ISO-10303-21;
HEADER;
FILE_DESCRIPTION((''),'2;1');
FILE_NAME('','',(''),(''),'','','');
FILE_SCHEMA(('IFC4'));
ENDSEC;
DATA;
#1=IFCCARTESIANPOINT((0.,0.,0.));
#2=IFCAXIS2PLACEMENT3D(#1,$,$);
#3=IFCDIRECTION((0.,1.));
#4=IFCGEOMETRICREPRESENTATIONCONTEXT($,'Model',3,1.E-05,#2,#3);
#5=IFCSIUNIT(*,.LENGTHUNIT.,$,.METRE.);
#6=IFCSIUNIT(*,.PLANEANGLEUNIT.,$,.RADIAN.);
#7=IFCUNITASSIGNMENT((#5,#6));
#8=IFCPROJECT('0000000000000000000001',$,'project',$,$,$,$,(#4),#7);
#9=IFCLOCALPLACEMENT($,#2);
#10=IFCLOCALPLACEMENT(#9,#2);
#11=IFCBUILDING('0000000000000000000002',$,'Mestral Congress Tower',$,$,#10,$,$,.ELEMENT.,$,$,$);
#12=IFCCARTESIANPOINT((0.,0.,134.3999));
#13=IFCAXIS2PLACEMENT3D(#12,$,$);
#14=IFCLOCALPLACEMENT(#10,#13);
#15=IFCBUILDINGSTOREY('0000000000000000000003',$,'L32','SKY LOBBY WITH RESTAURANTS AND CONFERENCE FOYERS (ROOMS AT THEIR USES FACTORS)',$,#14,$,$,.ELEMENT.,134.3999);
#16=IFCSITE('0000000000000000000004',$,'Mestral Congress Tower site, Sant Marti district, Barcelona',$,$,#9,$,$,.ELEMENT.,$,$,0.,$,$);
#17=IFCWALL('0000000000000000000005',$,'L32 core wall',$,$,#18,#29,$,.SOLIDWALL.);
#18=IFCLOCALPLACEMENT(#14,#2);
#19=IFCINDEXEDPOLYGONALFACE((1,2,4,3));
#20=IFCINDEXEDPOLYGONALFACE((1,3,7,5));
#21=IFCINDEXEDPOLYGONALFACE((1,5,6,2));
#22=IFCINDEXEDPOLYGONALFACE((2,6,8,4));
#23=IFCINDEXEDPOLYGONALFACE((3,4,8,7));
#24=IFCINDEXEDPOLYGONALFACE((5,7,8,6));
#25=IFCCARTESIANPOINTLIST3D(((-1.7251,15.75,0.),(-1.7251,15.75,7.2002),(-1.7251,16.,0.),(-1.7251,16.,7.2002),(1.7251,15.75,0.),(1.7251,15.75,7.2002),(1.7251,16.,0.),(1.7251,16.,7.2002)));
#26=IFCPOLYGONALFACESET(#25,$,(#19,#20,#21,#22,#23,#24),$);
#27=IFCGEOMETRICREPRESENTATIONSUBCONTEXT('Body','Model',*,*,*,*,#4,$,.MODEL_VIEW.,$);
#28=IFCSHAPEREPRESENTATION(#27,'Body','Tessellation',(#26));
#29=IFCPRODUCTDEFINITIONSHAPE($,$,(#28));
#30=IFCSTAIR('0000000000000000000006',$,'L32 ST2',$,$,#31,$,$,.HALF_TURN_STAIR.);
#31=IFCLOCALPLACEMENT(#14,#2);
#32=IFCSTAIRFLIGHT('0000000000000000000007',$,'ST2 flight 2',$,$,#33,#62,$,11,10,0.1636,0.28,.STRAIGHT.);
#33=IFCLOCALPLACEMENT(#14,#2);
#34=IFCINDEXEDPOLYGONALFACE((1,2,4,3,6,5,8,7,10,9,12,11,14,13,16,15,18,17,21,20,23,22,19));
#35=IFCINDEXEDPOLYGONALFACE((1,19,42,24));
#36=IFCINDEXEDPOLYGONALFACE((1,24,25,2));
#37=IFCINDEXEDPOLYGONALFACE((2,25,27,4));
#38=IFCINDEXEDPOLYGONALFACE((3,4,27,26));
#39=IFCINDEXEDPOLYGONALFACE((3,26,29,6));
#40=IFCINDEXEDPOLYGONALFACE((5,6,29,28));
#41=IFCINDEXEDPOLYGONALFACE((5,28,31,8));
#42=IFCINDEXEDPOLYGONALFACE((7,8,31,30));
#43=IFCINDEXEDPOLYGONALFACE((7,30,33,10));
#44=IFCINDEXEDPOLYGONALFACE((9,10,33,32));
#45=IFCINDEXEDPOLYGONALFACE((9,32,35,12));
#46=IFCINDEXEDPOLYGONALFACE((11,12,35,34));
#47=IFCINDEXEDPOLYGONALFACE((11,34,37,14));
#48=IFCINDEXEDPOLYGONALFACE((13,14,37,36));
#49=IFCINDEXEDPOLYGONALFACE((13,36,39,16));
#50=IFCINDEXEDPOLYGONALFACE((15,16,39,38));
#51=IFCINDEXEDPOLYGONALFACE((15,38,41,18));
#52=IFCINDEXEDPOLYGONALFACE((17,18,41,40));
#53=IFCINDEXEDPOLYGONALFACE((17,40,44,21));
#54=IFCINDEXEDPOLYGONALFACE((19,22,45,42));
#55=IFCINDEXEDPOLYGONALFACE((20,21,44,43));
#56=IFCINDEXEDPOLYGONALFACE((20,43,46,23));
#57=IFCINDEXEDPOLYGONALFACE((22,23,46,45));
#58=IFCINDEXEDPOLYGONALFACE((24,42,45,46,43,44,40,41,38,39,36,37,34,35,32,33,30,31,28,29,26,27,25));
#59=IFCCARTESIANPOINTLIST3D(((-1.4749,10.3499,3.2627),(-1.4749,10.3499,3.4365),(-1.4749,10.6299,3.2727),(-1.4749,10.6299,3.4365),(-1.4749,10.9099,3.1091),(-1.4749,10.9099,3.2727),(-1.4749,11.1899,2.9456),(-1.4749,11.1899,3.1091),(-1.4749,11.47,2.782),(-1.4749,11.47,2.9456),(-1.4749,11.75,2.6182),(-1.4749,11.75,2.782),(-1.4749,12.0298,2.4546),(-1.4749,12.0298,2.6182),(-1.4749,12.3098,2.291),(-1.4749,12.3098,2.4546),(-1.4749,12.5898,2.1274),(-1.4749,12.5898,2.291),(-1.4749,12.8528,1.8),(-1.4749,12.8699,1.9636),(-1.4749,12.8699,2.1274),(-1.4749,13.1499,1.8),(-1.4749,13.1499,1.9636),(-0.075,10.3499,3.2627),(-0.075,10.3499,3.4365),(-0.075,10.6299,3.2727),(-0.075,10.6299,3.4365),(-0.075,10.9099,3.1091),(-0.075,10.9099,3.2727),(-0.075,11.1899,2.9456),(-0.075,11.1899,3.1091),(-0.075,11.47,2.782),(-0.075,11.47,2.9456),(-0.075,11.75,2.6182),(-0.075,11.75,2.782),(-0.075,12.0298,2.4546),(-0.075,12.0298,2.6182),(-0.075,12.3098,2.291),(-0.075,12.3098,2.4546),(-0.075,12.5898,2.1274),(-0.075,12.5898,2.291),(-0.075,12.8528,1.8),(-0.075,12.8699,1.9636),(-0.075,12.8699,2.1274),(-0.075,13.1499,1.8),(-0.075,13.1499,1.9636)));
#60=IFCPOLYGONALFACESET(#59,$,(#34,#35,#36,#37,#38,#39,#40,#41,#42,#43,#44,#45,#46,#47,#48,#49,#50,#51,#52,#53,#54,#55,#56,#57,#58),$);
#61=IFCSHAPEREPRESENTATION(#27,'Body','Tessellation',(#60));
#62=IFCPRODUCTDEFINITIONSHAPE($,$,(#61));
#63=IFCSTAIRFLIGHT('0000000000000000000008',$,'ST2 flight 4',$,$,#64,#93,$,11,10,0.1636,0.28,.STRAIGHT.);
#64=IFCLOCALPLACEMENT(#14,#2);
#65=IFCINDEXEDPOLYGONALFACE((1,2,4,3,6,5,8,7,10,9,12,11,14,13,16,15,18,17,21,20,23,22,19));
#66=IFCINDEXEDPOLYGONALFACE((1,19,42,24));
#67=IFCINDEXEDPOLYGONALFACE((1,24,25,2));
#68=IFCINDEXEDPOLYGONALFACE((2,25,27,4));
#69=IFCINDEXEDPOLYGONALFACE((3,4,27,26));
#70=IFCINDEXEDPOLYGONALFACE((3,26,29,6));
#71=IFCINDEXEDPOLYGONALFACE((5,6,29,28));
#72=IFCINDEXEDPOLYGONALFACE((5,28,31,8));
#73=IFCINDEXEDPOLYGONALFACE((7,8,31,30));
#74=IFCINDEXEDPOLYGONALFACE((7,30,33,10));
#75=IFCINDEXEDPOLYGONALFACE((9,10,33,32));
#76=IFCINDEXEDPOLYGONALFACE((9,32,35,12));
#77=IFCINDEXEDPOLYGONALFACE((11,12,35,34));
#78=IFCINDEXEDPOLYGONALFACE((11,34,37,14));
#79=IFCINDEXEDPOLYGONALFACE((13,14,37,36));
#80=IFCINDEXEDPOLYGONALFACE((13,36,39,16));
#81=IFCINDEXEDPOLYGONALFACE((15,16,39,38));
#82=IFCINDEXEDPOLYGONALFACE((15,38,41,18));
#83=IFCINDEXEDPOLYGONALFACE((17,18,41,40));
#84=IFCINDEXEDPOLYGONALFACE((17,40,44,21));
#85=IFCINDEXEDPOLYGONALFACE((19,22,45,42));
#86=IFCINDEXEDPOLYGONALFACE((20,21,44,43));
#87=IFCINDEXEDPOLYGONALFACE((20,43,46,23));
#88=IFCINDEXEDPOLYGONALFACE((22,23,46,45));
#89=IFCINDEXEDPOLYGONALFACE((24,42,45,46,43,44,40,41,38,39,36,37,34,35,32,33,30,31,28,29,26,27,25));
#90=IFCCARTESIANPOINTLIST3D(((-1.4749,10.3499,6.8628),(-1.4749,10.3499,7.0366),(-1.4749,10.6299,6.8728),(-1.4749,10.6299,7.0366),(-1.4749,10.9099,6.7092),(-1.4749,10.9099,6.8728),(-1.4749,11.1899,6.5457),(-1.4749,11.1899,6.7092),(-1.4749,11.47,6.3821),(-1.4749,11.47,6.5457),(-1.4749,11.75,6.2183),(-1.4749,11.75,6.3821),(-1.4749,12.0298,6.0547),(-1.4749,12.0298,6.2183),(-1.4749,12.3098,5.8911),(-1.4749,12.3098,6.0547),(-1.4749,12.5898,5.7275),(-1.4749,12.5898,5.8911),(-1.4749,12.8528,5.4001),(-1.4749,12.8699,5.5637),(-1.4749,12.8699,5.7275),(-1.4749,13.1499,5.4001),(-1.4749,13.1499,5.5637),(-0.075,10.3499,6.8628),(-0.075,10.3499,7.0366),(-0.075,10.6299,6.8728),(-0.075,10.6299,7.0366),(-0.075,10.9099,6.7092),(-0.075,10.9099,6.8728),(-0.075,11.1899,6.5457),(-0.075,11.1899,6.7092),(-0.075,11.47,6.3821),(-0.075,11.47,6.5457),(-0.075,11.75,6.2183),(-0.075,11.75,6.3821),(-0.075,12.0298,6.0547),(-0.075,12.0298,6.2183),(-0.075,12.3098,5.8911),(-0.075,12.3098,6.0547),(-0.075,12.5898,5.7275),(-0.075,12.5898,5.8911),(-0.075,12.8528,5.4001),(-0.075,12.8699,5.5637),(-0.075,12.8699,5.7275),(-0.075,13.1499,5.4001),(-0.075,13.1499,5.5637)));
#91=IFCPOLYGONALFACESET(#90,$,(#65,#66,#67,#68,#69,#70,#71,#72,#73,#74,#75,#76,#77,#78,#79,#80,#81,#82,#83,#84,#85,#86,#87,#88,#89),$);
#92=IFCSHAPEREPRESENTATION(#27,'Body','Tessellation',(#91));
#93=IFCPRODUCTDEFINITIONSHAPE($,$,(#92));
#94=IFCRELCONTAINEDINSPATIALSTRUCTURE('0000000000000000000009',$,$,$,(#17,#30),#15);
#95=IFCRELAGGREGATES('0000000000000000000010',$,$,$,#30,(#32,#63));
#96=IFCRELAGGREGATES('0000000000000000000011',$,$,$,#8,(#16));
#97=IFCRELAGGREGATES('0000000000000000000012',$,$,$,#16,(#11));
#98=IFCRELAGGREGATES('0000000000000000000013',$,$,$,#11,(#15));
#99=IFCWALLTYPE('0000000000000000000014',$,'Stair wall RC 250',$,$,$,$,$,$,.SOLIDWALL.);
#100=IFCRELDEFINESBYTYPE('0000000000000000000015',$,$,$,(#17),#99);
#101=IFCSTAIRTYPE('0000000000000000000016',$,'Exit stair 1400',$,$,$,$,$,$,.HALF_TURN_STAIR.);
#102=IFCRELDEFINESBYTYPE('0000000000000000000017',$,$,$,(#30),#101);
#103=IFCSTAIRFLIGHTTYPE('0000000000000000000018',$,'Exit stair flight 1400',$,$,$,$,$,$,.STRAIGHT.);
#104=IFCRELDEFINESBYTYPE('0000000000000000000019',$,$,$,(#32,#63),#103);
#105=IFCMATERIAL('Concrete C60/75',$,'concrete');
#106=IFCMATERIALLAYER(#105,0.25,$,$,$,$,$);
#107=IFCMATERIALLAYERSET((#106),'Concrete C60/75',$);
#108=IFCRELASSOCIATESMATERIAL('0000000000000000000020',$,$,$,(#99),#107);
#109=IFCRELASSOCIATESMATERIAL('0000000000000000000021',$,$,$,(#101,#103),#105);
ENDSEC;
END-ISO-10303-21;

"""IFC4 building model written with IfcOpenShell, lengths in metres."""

from ifc_helpers import new_model, si_unit, direction, frame, frame_2d, origin, place, context, subcontext, project, spatial, polyline, rectangle, outline, extrude, material, layer, layer_set, type_object, element, aggregate, save


model = new_model("IFC4")

# Units and contexts
model_context = context("Model", 3, precision=1e-05, world=origin(), true_north=direction((0.0, 1.0)))
body_context = subcontext(model_context, "Body", "Model", "MODEL_VIEW")
ifc_project = project(units=[si_unit("LENGTHUNIT", "METRE"), si_unit("PLANEANGLEUNIT", "RADIAN")], contexts=[model_context])

# Site, building, storey
site_placement = place(None, origin())
site = spatial("IfcSite", under=ifc_project, at=site_placement, Name="Mestral Congress Tower site, Sant Marti district, Barcelona", CompositionType="ELEMENT", RefElevation=0.0)
building_placement = place(site_placement, origin())
building = spatial("IfcBuilding", under=site, at=building_placement, Name="Mestral Congress Tower", CompositionType="ELEMENT")
storey_placement = place(building_placement, frame((0.0, 0.0, 134.3999)))
storey = spatial("IfcBuildingStorey", under=building, at=storey_placement, Name="L32", Description="SKY LOBBY WITH RESTAURANTS AND CONFERENCE FOYERS (ROOMS AT THEIR USES FACTORS)", CompositionType="ELEMENT", Elevation=134.3999)

# Shared definitions
placement = place(storey_placement, origin())

# Shared definitions
ifc_material_1 = material(Name="Concrete C60/75", Category="concrete")

# Wall
ifc_layer_1 = layer(ifc_material_1, 0.25)
ifc_layer_set_1 = layer_set([ifc_layer_1], Name="Concrete C60/75")
wall_type_1 = type_object("IfcWallType", Name="Stair wall RC 250", PredefinedType="SOLIDWALL", material=ifc_layer_set_1)
wall_1_placement = place(storey_placement, frame((-1.7251, 15.875, 0.0), z_axis=(0.0, 0.0, 1.0), x_axis=(1.0, 0.0, 0.0)))
element("IfcWall", 1, at=wall_1_placement, inside=storey, type_object=wall_type_1, Name="L32 core wall", PredefinedType="SOLIDWALL", context=body_context, shape_type="SweptSolid", body=[
    extrude(rectangle(XDim=3.4502, YDim=0.25, at=frame_2d((1.7251, 0.0))), origin(), (0.0, 0.0, 1.0), 7.2002),
])

# Stair, stair flights
stair_type = type_object("IfcStairType", Name="Exit stair 1400", PredefinedType="HALF_TURN_STAIR", material=ifc_material_1)
stair = element("IfcStair", 2, at=placement, inside=storey, type_object=stair_type, Name="L32 ST2", PredefinedType="HALF_TURN_STAIR")
stair_flight_type = type_object("IfcStairFlightType", Name="Exit stair flight 1400", PredefinedType="STRAIGHT", material=ifc_material_1)
stair_flight_1_placement = place(storey_placement, frame((-0.7749, 13.1499, 1.8), z_axis=(0.0, 0.0, 1.0), x_axis=(0.0, -1.0, 0.0)))
stair_flight_1 = element("IfcStairFlight", 3, at=stair_flight_1_placement, type_object=stair_flight_type, Name="ST2 flight 2", NumberOfRisers=11, NumberOfTreads=10, PredefinedType="STRAIGHT", RiserHeight=0.1636, TreadLength=0.28, context=body_context, shape_type="SweptSolid", body=[
    extrude(outline(polyline([(0.0, 0.0), (0.0, 0.1636), (0.28, 0.1636), (0.28, 0.3274), (0.5601, 0.3274), (0.5601, 0.491), (0.8401, 0.491), (0.8401, 0.6545), (1.1201, 0.6545), (1.1201, 0.8181), (1.3999, 0.8181), (1.3999, 0.9819), (1.6799, 0.9819), (1.6799, 1.1455), (1.96, 1.1455), (1.96, 1.3091), (2.24, 1.3091), (2.24, 1.4727), (2.52, 1.4727), (2.52, 1.6365), (2.8, 1.6365), (2.8, 1.8), (2.8, 1.4626), (0.2971, 0.0), (0.0, 0.0)])), frame((0.0, 0.7, 0.0), z_axis=(0.0, -1.0, 0.0), x_axis=(1.0, 0.0, 0.0)), (0.0, 0.0, 1.0), 1.3999),
])
stair_flight_2_placement = place(storey_placement, frame((-0.7749, 13.1499, 5.4001), z_axis=(0.0, 0.0, 1.0), x_axis=(0.0, -1.0, 0.0)))
stair_flight_2 = element("IfcStairFlight", 4, at=stair_flight_2_placement, type_object=stair_flight_type, Name="ST2 flight 4", NumberOfRisers=11, NumberOfTreads=10, PredefinedType="STRAIGHT", RiserHeight=0.1636, TreadLength=0.28, context=body_context, shape_type="SweptSolid", body=[
    extrude(outline(polyline([(0.0, 0.0), (0.0, 0.1636), (0.28, 0.1636), (0.28, 0.3274), (0.5601, 0.3274), (0.5601, 0.491), (0.8401, 0.491), (0.8401, 0.6545), (1.1201, 0.6545), (1.1201, 0.8181), (1.3999, 0.8181), (1.3999, 0.9819), (1.6799, 0.9819), (1.6799, 1.1455), (1.96, 1.1455), (1.96, 1.3091), (2.24, 1.3091), (2.24, 1.4727), (2.52, 1.4727), (2.52, 1.6365), (2.8, 1.6365), (2.8, 1.8), (2.8, 1.4626), (0.2971, 0.0), (0.0, 0.0)])), frame((0.0, 0.7, 0.0), z_axis=(0.0, -1.0, 0.0), x_axis=(1.0, 0.0, 0.0)), (0.0, 0.0, 1.0), 1.3999),
])
aggregate(stair, [stair_flight_1, stair_flight_2])

save(model, "model.ifc")
